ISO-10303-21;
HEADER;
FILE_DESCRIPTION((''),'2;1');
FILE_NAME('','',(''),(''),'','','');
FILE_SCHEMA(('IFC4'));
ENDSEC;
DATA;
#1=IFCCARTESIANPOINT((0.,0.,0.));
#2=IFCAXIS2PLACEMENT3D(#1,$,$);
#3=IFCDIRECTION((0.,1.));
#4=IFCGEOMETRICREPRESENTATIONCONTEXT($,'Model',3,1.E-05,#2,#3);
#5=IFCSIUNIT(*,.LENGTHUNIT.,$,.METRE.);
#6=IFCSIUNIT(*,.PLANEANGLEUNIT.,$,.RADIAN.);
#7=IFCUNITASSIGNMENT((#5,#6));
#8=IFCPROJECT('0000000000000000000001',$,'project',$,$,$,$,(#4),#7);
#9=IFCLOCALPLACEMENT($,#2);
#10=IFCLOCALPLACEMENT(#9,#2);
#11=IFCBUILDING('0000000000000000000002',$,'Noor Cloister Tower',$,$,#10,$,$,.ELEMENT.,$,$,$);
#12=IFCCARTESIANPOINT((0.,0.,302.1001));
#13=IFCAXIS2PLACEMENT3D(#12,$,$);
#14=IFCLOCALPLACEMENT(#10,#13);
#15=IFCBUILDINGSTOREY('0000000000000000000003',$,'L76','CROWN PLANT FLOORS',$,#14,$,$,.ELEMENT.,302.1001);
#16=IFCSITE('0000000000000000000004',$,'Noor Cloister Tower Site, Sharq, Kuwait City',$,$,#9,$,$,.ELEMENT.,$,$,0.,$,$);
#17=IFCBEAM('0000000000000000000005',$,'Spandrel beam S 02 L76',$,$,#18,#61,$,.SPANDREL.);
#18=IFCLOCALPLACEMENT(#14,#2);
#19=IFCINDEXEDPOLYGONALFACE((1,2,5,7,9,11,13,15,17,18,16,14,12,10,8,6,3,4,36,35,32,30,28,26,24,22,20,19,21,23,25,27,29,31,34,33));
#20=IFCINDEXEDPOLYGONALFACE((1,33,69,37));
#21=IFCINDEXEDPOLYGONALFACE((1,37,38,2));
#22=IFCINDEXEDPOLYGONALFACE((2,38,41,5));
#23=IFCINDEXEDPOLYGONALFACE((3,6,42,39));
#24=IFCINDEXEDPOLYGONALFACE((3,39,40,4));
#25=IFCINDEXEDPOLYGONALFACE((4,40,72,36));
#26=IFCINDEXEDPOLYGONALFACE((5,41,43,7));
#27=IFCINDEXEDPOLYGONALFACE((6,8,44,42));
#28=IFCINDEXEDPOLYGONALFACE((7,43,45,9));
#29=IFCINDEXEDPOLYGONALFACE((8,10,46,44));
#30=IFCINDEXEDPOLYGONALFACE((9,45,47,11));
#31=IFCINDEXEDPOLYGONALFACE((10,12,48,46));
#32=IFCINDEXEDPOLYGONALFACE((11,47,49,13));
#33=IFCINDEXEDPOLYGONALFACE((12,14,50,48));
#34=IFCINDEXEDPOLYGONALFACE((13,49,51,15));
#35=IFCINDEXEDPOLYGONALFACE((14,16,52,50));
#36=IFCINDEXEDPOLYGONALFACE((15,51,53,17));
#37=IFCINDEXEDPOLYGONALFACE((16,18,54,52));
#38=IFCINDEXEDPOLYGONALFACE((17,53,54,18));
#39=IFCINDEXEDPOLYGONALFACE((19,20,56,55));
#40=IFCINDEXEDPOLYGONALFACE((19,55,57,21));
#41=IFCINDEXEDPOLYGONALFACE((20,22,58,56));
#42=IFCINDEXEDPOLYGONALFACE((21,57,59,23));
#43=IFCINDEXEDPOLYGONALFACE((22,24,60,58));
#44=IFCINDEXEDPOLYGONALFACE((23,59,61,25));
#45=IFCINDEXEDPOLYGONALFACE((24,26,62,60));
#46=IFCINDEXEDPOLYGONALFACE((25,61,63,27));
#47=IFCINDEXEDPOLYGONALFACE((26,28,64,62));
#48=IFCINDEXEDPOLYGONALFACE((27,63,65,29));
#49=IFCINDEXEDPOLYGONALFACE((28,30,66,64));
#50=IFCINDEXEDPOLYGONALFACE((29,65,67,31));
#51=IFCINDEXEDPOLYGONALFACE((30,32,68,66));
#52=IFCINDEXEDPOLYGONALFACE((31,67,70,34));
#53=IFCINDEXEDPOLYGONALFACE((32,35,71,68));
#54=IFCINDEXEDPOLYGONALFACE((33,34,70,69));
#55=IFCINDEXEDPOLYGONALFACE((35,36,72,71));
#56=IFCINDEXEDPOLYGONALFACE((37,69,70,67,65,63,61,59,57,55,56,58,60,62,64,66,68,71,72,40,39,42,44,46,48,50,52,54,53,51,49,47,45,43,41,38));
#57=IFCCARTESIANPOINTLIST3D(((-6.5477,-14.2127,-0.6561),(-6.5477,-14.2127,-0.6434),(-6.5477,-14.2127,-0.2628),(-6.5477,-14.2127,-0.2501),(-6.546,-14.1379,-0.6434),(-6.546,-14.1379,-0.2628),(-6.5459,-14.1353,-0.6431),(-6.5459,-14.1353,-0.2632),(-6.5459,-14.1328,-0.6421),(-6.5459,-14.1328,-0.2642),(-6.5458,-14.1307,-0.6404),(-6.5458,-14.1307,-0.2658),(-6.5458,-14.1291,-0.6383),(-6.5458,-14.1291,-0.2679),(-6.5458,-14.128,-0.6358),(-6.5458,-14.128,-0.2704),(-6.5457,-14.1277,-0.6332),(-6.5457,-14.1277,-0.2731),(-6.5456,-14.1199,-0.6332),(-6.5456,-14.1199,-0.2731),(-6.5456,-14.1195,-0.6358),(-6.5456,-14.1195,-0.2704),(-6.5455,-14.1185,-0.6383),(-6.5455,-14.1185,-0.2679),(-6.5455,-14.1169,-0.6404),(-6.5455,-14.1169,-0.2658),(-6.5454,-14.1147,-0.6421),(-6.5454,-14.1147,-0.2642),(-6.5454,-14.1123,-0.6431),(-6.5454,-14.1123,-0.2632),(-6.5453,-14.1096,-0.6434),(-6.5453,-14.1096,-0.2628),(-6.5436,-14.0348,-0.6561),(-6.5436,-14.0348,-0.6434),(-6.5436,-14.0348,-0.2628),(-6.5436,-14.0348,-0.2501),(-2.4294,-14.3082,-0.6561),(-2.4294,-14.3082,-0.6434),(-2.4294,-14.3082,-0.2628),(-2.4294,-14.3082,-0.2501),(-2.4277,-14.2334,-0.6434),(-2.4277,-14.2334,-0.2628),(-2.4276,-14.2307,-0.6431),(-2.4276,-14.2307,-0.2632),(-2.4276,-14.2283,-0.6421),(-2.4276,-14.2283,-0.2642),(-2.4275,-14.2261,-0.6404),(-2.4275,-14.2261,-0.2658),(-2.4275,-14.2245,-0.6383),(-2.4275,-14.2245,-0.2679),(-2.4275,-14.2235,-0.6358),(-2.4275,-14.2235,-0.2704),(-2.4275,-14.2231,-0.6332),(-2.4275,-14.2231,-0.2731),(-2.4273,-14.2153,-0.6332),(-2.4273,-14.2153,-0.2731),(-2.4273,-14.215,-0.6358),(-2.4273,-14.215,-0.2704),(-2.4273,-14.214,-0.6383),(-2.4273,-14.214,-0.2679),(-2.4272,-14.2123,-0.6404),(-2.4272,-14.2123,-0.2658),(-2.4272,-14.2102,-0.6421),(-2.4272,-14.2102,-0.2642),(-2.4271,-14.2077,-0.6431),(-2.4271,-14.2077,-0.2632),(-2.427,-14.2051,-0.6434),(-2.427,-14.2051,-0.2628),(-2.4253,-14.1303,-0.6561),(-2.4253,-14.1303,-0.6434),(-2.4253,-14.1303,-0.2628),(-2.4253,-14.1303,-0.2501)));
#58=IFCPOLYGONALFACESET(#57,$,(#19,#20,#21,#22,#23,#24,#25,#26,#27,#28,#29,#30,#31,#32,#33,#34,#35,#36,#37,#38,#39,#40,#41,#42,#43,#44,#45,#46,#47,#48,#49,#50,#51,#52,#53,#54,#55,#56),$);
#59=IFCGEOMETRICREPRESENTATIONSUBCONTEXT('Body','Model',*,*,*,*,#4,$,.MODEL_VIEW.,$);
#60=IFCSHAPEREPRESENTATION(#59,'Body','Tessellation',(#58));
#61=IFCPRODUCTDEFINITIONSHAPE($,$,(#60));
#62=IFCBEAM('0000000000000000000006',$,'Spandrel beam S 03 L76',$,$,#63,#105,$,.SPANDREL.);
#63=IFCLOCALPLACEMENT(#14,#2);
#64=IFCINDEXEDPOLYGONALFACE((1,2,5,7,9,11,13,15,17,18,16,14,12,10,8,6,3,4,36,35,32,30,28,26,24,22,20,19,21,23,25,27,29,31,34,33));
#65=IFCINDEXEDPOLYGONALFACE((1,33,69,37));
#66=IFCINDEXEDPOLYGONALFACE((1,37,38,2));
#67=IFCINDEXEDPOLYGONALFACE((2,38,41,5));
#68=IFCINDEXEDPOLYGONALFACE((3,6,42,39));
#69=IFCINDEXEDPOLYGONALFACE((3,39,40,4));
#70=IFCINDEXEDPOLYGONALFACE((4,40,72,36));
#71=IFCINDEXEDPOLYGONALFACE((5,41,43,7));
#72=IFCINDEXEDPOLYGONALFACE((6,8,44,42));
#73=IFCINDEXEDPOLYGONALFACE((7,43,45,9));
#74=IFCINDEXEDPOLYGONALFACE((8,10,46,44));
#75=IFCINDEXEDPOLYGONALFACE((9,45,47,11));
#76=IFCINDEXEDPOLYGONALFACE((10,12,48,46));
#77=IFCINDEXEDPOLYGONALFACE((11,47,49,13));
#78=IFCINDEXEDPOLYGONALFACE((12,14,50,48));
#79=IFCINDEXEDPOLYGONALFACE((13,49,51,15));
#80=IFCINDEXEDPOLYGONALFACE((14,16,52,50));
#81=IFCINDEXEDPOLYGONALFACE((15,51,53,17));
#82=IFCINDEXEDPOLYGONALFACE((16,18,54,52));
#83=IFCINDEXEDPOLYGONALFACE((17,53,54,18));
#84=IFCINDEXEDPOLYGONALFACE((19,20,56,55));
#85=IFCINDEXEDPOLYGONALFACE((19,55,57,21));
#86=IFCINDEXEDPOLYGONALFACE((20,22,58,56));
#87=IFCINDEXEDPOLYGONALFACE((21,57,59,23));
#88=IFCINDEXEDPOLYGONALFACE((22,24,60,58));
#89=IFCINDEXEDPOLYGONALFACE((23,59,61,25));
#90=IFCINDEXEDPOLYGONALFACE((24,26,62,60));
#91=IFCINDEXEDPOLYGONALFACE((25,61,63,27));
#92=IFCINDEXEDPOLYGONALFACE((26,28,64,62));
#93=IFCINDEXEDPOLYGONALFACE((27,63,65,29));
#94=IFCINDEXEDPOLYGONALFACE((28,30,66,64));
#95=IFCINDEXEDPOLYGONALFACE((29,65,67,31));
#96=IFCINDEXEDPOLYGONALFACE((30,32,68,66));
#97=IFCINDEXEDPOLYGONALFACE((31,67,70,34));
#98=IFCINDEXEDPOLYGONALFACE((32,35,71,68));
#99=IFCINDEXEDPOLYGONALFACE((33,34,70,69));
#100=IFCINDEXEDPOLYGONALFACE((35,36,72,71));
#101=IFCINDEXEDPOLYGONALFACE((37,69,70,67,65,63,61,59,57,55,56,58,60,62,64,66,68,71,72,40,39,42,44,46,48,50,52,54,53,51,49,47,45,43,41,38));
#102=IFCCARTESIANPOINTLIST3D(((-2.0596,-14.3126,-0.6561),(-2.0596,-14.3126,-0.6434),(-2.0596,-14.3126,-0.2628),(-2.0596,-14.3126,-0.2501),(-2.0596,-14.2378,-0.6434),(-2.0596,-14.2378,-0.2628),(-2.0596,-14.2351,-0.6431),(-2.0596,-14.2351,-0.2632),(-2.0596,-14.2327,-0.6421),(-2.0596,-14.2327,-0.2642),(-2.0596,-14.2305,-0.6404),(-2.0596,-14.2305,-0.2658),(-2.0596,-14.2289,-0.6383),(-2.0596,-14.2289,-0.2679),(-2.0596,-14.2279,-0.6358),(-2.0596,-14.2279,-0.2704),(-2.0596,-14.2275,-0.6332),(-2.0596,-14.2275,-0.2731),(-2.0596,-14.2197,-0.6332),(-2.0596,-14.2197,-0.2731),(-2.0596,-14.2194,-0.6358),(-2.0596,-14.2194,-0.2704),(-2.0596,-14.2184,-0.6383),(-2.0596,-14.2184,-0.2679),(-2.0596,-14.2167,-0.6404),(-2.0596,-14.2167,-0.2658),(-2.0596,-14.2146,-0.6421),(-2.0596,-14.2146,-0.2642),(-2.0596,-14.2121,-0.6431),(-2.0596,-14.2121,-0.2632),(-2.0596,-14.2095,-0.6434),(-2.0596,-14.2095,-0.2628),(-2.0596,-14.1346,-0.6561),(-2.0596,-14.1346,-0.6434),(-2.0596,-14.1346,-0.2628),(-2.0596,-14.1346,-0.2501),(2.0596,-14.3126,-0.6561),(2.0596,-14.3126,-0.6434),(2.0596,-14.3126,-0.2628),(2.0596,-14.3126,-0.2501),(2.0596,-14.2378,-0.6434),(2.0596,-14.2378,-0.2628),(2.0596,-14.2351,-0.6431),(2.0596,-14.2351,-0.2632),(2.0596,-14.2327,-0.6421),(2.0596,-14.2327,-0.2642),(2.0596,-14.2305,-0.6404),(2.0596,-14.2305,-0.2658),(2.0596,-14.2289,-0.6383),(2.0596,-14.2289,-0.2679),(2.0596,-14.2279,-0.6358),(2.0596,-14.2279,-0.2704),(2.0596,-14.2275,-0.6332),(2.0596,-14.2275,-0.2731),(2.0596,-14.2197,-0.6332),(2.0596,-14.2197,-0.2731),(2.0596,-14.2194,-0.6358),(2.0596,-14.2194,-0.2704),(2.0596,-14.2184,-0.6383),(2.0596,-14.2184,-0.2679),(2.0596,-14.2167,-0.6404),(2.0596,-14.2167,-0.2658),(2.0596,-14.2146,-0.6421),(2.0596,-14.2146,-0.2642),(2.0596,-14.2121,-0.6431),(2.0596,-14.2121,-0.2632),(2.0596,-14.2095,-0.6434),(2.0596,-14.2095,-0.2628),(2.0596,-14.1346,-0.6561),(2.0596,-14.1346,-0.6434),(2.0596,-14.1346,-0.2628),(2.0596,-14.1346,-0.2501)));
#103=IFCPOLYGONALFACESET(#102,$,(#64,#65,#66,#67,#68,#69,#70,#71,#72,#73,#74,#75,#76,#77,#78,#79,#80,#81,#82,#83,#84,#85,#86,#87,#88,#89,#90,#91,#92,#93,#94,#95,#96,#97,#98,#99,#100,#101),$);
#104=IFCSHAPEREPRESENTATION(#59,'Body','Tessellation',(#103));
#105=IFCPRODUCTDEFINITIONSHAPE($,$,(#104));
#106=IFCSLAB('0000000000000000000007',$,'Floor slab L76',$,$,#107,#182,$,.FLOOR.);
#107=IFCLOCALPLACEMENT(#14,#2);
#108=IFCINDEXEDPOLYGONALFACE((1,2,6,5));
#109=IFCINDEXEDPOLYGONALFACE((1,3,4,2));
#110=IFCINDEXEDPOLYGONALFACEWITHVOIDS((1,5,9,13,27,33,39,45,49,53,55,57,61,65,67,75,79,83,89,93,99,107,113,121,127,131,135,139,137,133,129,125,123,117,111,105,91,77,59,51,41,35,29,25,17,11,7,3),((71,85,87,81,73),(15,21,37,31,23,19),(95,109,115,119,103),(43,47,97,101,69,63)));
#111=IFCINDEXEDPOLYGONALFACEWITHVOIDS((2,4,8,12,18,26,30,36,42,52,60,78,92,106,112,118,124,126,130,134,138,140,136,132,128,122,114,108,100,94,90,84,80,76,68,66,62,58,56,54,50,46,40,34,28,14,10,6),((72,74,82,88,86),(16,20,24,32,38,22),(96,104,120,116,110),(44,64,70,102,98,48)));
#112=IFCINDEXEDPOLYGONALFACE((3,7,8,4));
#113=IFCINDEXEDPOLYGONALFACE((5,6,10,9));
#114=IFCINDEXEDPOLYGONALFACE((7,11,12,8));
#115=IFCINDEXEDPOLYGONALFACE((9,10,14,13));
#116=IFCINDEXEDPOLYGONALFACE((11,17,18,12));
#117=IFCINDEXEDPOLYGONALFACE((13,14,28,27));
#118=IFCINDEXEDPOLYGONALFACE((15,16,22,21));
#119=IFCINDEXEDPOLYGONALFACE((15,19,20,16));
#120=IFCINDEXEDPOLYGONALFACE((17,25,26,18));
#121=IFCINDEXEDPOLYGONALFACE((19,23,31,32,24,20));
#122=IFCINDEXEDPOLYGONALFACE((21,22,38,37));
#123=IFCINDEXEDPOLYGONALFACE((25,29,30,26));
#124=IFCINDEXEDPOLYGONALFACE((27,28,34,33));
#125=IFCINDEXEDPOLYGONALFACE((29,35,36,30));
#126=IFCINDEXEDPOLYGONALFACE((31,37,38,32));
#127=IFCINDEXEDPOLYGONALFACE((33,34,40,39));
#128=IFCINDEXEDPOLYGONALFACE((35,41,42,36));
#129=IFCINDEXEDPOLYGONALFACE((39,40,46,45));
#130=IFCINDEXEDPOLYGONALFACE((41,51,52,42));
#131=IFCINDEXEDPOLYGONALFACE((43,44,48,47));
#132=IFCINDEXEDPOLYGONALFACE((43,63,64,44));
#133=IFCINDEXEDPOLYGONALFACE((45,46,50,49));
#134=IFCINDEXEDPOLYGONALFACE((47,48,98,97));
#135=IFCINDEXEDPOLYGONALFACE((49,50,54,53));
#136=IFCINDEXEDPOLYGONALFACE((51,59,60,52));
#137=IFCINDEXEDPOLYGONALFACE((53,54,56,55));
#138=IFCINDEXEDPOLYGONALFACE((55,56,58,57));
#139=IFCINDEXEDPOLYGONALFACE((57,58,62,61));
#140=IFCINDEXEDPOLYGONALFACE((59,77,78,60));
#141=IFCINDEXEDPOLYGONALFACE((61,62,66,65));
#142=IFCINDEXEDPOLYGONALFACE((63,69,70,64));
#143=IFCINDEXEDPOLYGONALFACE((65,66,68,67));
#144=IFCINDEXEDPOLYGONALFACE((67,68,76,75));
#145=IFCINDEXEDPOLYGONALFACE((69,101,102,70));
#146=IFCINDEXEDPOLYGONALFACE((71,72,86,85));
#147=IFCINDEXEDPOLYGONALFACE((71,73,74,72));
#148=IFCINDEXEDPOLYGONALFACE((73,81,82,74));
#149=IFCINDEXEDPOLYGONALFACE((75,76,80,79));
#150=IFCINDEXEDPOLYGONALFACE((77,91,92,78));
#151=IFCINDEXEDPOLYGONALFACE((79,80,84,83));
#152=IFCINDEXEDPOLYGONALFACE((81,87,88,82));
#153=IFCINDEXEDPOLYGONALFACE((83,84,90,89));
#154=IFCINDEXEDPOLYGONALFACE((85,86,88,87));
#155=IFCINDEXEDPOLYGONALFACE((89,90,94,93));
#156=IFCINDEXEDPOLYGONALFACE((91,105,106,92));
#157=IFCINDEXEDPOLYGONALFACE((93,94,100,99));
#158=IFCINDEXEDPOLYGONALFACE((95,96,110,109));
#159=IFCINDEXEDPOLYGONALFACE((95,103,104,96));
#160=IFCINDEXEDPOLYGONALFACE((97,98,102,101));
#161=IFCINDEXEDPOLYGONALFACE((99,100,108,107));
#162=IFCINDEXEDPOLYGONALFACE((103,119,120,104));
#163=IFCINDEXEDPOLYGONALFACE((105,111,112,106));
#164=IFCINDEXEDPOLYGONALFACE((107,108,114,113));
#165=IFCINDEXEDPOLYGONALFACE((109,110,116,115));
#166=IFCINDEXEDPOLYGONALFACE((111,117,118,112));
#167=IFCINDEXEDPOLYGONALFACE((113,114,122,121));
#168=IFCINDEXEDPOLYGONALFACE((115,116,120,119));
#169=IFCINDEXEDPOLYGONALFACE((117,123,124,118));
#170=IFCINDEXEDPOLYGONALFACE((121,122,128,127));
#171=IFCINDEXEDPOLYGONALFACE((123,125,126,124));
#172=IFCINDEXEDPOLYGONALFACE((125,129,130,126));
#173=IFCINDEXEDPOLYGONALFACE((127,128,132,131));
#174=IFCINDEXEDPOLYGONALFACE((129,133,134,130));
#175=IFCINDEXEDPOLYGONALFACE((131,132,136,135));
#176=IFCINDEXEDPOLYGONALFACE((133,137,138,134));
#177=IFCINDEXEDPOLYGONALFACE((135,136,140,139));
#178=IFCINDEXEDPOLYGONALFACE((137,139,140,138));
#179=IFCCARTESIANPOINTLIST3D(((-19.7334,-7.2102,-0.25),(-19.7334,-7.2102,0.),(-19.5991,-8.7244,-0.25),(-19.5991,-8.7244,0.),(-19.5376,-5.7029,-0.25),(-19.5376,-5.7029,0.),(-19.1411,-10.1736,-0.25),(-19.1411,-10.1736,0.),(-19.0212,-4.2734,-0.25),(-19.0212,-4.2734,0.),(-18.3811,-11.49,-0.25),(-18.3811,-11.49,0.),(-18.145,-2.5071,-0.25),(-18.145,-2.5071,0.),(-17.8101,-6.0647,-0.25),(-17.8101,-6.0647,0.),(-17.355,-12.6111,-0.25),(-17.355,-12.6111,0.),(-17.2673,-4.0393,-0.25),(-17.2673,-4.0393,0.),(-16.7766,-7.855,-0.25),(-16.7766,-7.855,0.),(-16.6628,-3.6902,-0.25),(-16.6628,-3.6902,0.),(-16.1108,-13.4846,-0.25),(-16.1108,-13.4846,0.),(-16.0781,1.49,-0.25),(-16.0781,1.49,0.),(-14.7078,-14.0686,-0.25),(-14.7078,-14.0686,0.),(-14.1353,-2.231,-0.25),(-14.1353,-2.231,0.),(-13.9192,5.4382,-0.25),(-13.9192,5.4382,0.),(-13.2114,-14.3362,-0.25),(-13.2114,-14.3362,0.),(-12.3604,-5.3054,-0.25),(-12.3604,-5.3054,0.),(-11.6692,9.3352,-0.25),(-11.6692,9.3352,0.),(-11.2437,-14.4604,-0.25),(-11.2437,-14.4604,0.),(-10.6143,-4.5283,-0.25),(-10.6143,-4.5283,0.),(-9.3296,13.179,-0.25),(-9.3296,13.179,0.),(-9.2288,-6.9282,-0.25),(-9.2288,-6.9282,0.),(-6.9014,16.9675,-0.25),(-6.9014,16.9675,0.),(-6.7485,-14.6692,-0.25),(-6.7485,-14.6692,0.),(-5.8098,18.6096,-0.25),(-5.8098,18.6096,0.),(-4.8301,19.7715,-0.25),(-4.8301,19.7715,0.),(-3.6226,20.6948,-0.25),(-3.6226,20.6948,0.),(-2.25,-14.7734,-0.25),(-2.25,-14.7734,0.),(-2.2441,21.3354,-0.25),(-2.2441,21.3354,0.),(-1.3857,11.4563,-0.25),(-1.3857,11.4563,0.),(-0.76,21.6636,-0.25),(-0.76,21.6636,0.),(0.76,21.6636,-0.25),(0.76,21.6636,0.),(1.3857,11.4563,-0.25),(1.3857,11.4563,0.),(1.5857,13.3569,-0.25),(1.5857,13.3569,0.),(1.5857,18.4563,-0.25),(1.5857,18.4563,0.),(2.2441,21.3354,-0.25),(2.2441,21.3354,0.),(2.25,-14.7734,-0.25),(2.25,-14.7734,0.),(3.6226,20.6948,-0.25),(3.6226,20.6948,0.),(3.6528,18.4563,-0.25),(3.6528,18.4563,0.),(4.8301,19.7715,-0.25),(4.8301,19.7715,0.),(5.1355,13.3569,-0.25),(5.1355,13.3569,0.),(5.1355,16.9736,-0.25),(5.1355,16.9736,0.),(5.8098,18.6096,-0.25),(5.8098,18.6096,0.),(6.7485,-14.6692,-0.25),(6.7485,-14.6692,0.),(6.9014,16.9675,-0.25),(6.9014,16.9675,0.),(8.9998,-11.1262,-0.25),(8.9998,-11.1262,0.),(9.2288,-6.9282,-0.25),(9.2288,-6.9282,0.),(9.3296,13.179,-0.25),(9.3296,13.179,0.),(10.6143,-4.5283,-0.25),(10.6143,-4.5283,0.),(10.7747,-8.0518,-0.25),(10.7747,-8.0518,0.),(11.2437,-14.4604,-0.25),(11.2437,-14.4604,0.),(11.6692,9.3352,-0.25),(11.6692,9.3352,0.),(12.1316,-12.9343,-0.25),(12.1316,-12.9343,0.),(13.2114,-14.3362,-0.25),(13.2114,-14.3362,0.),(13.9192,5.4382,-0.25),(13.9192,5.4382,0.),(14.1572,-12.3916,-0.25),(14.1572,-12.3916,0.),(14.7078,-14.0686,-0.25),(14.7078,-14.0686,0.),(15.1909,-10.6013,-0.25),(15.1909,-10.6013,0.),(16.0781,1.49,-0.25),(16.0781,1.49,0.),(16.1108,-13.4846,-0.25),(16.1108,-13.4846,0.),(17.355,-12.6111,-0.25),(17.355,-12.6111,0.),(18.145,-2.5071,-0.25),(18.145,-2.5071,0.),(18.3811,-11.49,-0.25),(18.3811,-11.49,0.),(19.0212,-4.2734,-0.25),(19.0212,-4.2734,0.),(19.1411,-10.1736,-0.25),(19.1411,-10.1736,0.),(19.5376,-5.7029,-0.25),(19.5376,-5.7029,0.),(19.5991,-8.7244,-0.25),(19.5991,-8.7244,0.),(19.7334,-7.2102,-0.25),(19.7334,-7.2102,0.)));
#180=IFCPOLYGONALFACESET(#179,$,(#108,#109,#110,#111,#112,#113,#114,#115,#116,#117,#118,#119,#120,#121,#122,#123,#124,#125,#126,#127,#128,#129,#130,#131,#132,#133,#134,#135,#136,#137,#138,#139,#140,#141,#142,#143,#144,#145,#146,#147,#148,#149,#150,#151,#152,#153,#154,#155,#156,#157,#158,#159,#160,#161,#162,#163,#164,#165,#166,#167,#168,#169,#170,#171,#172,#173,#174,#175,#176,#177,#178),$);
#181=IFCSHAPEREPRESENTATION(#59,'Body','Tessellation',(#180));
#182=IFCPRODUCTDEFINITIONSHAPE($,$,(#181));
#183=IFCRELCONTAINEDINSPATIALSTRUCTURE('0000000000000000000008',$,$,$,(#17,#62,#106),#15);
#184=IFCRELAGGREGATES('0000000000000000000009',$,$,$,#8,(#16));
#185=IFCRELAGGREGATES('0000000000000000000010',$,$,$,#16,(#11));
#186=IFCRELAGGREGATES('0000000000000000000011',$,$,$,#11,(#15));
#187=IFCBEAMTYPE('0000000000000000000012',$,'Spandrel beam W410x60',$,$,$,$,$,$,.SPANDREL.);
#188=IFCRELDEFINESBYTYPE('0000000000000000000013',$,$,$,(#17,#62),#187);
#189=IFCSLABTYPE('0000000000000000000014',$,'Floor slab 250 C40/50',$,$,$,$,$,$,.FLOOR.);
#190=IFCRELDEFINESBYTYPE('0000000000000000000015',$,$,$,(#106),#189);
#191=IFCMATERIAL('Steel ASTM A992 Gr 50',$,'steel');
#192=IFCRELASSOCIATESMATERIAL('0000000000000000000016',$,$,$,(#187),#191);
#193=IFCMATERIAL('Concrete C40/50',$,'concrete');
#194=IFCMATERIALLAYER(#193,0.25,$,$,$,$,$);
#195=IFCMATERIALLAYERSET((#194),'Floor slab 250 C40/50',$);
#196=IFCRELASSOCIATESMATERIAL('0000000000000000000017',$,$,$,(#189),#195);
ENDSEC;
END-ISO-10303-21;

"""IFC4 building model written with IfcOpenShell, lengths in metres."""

from ifc_helpers import new_model, si_unit, direction, frame, origin, origin_2d, place, context, subcontext, project, spatial, polyline, i_section, outline, extrude, material, layer, layer_set, material_profile, profile_set, type_object, element, save


model = new_model("IFC4")

# Units and contexts
model_context = context("Model", 3, precision=1e-05, world=origin(), true_north=direction((0.0, 1.0)))
body_context = subcontext(model_context, "Body", "Model", "MODEL_VIEW")
ifc_project = project(units=[si_unit("LENGTHUNIT", "METRE"), si_unit("PLANEANGLEUNIT", "RADIAN")], contexts=[model_context])

# Site, building, storey
site_placement = place(None, origin())
site = spatial("IfcSite", under=ifc_project, at=site_placement, Name="Noor Cloister Tower Site, Sharq, Kuwait City", CompositionType="ELEMENT", RefElevation=0.0)
building_placement = place(site_placement, origin())
building = spatial("IfcBuilding", under=site, at=building_placement, Name="Noor Cloister Tower", CompositionType="ELEMENT")
storey_placement = place(building_placement, frame((0.0, 0.0, 302.1001)))
storey = spatial("IfcBuildingStorey", under=building, at=storey_placement, Name="L76", Description="CROWN PLANT FLOORS", CompositionType="ELEMENT", Elevation=302.1001)

# Beams
ifc_material_1 = material(Name="Steel ASTM A992 Gr 50", Category="steel")
ifc_material_profile_1 = material_profile(ifc_material_1, i_section(OverallWidth=0.178, OverallDepth=0.406, WebThickness=0.0078, FlangeThickness=0.0127, FilletRadius=0.0103, at=origin_2d()), Name="W410x60")
ifc_profile_set_1 = profile_set([ifc_material_profile_1], Name="Steel ASTM A992 Gr 50")
beam_type_1 = type_object("IfcBeamType", Name="Spandrel beam W410x60", PredefinedType="SPANDREL", material=ifc_profile_set_1)
beam_1_placement = place(storey_placement, frame((-6.5457, -14.1238, -0.4531), z_axis=(0.999731, -0.023174, 0.0), x_axis=(0.023174, 0.999731, 0.0)))
element("IfcBeam", 1, at=beam_1_placement, inside=storey, type_object=beam_type_1, Name="Spandrel beam S 02 L76", PredefinedType="SPANDREL", context=body_context, shape_type="SweptSolid", body=[
    extrude(i_section(OverallWidth=0.178, OverallDepth=0.406, WebThickness=0.0078, FlangeThickness=0.0127, FilletRadius=0.0103, at=origin_2d()), origin(), (0.0, 0.0, 1.0), 4.1194),
])
beam_2_placement = place(storey_placement, frame((-2.0596, -14.2236, -0.4531), z_axis=(1.0, 0.0, 0.0), x_axis=(0.0, 1.0, 0.0)))
element("IfcBeam", 2, at=beam_2_placement, inside=storey, type_object=beam_type_1, Name="Spandrel beam S 03 L76", PredefinedType="SPANDREL", context=body_context, shape_type="SweptSolid", body=[
    extrude(i_section(OverallWidth=0.178, OverallDepth=0.406, WebThickness=0.0078, FlangeThickness=0.0127, FilletRadius=0.0103, at=origin_2d()), origin(), (0.0, 0.0, 1.0), 4.1191),
])

# Slab
ifc_material_2 = material(Name="Concrete C40/50", Category="concrete")
ifc_layer_1 = layer(ifc_material_2, 0.25)
ifc_layer_set_1 = layer_set([ifc_layer_1], Name="Floor slab 250 C40/50")
slab_type = type_object("IfcSlabType", Name="Floor slab 250 C40/50", PredefinedType="FLOOR", material=ifc_layer_set_1)
slab_placement = place(storey_placement, frame((0.0, 0.0, -0.25)))
element("IfcSlab", 3, at=slab_placement, inside=storey, type_object=slab_type, Name="Floor slab L76", PredefinedType="FLOOR", context=body_context, shape_type="SweptSolid", body=[
    extrude(outline(polyline([(5.8098, 18.6096), (4.8301, 19.7715), (3.6226, 20.6948), (2.2441, 21.3354), (0.76, 21.6636), (-0.76, 21.6636), (-2.2441, 21.3354), (-3.6226, 20.6948), (-4.8301, 19.7715), (-5.8098, 18.6096), (-6.9014, 16.9675), (-9.3296, 13.179), (-11.6692, 9.3352), (-13.9192, 5.4382), (-16.0781, 1.49), (-18.145, -2.5071), (-19.0212, -4.2734), (-19.5376, -5.7029), (-19.7334, -7.2102), (-19.5991, -8.7244), (-19.1411, -10.1736), (-18.3811, -11.49), (-17.355, -12.6111), (-16.1108, -13.4846), (-14.7078, -14.0686), (-13.2114, -14.3362), (-11.2437, -14.4604), (-6.7485, -14.6692), (-2.25, -14.7734), (2.25, -14.7734), (6.7485, -14.6692), (11.2437, -14.4604), (13.2114, -14.3362), (14.7078, -14.0686), (16.1108, -13.4846), (17.355, -12.6111), (18.3811, -11.49), (19.1411, -10.1736), (19.5991, -8.7244), (19.7334, -7.2102), (19.5376, -5.7029), (19.0212, -4.2734), (18.145, -2.5071), (16.0781, 1.49), (13.9192, 5.4382), (11.6692, 9.3352), (9.3296, 13.179), (6.9014, 16.9675), (5.8098, 18.6096)]), holes=[polyline([(8.9998, -11.1262), (12.1316, -12.9343), (14.1572, -12.3916), (15.1909, -10.6013), (10.7747, -8.0518), (8.9998, -11.1262)]), polyline([(-17.8101, -6.0647), (-16.7766, -7.855), (-12.3604, -5.3054), (-14.1353, -2.231), (-16.6628, -3.6902), (-17.2673, -4.0393), (-17.8101, -6.0647)]), polyline([(-10.6143, -4.5283), (-9.2288, -6.9282), (9.2288, -6.9282), (10.6143, -4.5283), (1.3857, 11.4563), (-1.3857, 11.4563), (-10.6143, -4.5283)]), polyline([(3.6528, 18.4563), (1.5857, 18.4563), (1.5857, 13.3569), (5.1355, 13.3569), (5.1355, 16.9736), (3.6528, 18.4563)])]), origin(), (0.0, 0.0, 1.0), 0.25),
])

save(model, "model.ifc")
